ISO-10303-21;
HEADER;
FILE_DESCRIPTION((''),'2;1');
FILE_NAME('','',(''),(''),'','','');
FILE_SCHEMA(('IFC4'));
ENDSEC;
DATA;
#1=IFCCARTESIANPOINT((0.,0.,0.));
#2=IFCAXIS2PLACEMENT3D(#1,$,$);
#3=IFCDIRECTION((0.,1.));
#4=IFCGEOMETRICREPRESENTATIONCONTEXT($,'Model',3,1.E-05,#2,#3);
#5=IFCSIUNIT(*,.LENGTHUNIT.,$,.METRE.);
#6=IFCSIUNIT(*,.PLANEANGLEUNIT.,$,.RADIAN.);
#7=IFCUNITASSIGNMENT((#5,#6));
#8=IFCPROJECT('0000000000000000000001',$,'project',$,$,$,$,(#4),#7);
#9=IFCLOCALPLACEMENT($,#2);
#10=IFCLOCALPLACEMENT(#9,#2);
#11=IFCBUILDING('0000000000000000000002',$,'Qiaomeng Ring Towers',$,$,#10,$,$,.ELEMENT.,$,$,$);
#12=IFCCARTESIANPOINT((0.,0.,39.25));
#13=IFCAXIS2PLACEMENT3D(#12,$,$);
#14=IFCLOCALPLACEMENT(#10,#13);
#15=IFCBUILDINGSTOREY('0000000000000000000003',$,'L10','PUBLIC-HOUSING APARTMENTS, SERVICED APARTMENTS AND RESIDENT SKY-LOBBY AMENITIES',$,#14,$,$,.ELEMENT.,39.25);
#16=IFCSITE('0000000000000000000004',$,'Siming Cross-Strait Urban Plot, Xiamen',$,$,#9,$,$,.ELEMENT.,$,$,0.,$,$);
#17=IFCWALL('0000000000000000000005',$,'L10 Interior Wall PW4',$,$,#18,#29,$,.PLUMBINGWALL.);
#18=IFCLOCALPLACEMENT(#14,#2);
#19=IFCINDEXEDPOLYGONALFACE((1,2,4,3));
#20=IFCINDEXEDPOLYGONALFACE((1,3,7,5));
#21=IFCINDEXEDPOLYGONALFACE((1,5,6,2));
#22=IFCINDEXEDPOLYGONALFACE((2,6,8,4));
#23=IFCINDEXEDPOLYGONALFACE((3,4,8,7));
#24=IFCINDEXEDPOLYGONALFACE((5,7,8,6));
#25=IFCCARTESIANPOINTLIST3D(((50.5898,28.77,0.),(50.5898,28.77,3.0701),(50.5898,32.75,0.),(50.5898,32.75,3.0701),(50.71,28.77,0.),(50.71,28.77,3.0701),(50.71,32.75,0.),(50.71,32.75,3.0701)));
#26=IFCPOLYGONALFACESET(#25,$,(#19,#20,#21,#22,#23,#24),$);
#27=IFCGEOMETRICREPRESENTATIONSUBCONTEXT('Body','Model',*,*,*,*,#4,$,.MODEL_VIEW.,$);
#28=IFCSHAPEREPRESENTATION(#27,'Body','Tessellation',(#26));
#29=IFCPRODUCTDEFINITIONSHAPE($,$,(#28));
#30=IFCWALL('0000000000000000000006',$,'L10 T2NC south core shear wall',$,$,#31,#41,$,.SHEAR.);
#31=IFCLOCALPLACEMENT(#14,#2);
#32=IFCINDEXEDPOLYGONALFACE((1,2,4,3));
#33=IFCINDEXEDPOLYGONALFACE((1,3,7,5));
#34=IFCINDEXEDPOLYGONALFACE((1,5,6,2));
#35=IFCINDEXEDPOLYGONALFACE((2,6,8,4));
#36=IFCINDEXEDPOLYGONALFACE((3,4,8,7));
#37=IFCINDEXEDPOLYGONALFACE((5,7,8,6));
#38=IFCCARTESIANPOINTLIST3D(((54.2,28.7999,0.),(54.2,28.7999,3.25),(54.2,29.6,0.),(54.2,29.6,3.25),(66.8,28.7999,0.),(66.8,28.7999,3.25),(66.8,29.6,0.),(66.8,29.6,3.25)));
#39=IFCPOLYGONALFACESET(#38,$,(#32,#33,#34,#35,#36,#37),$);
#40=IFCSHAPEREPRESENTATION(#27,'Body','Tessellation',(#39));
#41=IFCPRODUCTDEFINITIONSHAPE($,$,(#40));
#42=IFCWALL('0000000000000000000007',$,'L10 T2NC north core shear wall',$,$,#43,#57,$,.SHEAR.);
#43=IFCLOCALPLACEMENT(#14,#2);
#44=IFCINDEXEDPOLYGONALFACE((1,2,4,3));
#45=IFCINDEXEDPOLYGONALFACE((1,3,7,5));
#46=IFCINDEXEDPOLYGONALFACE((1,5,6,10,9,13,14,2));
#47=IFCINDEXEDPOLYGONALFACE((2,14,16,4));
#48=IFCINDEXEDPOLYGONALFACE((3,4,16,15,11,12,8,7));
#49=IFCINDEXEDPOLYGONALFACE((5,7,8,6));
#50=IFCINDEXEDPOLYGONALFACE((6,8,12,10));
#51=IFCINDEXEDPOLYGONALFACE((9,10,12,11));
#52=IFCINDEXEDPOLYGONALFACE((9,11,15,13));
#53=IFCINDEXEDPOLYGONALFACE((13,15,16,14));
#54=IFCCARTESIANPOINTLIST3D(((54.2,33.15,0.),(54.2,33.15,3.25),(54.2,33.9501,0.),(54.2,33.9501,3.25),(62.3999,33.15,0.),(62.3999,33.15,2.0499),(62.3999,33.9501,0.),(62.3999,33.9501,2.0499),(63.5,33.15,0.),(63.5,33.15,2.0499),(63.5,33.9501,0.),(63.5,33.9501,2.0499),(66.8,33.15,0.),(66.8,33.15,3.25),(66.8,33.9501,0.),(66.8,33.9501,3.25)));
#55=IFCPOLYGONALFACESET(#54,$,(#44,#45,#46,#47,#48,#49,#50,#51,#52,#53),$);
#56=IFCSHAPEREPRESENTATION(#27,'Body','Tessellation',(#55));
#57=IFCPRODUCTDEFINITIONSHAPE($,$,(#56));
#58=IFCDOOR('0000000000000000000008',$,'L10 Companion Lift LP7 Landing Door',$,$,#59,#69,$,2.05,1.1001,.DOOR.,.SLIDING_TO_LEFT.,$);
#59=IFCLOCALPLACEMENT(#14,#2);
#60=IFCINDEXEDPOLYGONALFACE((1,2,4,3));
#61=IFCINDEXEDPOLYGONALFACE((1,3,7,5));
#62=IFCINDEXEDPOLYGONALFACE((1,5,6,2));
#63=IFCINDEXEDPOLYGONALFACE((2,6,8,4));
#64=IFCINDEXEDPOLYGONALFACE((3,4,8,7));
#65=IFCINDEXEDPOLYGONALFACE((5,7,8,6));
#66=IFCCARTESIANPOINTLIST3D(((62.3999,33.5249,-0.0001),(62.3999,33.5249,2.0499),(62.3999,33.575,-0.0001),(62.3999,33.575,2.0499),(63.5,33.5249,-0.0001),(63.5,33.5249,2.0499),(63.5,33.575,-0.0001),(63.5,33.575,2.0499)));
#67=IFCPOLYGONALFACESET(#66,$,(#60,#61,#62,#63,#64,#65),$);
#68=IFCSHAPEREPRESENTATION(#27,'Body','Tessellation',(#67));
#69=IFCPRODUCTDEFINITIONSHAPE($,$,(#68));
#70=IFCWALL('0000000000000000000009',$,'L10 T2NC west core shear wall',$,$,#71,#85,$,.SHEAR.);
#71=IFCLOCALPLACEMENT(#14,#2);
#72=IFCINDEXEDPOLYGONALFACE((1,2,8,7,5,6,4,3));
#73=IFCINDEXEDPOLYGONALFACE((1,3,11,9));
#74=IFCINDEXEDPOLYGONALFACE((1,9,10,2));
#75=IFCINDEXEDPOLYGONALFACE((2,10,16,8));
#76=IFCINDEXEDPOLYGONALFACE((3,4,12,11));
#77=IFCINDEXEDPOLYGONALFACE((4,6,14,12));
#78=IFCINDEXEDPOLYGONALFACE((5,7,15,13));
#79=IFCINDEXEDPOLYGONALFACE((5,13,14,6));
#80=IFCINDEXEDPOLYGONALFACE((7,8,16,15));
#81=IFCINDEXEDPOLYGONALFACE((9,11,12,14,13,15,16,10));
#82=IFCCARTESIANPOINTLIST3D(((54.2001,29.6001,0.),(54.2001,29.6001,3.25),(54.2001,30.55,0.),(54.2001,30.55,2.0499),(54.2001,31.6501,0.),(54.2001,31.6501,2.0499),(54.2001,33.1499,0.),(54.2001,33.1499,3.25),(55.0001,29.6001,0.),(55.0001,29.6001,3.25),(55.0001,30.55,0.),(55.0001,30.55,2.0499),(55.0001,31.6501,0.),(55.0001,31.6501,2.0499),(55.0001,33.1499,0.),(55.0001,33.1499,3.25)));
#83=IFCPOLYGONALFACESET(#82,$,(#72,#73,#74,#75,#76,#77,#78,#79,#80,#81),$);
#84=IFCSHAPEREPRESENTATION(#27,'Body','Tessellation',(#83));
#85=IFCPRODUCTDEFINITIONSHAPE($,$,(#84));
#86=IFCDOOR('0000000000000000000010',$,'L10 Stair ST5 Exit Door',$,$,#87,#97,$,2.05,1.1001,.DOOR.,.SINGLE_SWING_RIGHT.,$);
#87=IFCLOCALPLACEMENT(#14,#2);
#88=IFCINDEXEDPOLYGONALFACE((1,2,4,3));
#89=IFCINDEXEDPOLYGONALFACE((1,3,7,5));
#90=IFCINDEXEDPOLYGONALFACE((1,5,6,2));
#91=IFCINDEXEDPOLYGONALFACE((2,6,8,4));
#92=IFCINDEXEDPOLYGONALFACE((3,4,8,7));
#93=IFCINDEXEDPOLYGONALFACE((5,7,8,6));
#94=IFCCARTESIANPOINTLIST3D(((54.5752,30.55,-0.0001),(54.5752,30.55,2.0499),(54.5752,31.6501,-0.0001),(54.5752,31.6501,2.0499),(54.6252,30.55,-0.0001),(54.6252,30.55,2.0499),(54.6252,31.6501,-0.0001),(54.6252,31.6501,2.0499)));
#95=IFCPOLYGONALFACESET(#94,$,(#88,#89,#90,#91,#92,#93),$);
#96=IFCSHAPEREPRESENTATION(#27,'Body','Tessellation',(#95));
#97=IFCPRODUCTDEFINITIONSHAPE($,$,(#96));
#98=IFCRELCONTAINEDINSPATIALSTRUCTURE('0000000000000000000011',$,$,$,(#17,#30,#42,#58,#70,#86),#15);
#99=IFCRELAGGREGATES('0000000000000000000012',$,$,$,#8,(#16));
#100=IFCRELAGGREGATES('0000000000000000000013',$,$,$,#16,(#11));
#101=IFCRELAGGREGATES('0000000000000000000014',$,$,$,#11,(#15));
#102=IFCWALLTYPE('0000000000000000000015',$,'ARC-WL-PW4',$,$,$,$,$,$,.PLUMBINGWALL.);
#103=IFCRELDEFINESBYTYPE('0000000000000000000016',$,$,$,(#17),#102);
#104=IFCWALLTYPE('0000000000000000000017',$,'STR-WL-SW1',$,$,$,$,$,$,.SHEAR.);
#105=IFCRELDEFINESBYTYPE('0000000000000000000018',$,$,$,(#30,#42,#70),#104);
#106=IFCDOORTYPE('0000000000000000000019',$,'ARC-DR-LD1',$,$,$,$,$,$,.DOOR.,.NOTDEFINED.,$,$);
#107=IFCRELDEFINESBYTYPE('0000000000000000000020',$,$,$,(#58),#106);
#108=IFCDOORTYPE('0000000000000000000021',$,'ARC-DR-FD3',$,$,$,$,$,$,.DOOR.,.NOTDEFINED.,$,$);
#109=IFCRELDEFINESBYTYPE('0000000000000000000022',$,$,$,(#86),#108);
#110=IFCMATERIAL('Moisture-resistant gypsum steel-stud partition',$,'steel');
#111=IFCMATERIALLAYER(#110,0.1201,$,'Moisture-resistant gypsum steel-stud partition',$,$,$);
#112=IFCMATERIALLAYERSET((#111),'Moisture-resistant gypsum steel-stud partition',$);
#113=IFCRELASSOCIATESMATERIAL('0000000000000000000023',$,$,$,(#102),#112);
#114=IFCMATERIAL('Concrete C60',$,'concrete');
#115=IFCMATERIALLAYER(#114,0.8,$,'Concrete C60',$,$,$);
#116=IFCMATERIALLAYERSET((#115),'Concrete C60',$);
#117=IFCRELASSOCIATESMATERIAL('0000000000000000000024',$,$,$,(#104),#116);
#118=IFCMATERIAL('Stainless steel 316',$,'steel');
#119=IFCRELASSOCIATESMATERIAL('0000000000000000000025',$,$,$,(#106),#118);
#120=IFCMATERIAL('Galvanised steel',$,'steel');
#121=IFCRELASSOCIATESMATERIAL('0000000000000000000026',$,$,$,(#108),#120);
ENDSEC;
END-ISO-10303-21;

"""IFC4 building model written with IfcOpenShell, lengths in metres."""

from ifc_helpers import new_model, si_unit, direction, frame, frame_2d, origin, place, context, subcontext, project, spatial, rectangle, extrude, source, transform, mapped, material, layer, layer_set, type_object, element, fill, save


model = new_model("IFC4")

# Units and contexts
model_context = context("Model", 3, precision=1e-05, world=origin(), true_north=direction((0.0, 1.0)))
body_context = subcontext(model_context, "Body", "Model", "MODEL_VIEW")
ifc_project = project(units=[si_unit("LENGTHUNIT", "METRE"), si_unit("PLANEANGLEUNIT", "RADIAN")], contexts=[model_context])

# Site, building, storey
site_placement = place(None, origin())
site = spatial("IfcSite", under=ifc_project, at=site_placement, Name="Siming Cross-Strait Urban Plot, Xiamen", CompositionType="ELEMENT", RefElevation=0.0)
building_placement = place(site_placement, origin())
building = spatial("IfcBuilding", under=site, at=building_placement, Name="Qiaomeng Ring Towers", CompositionType="ELEMENT")
storey_placement = place(building_placement, frame((0.0, 0.0, 39.25)))
storey = spatial("IfcBuildingStorey", under=building, at=storey_placement, Name="L10", Description="PUBLIC-HOUSING APARTMENTS, SERVICED APARTMENTS AND RESIDENT SKY-LOBBY AMENITIES", CompositionType="ELEMENT", Elevation=39.25)

# Shared definitions
ifc_material_1 = material(Name="Concrete C60", Category="concrete")

# Walls
ifc_material_2 = material(Name="Moisture-resistant gypsum steel-stud partition", Category="steel")
ifc_layer_1 = layer(ifc_material_2, 0.1201, Name="Moisture-resistant gypsum steel-stud partition")
ifc_layer_set_1 = layer_set([ifc_layer_1], Name="Moisture-resistant gypsum steel-stud partition")
wall_type_1 = type_object("IfcWallType", Name="ARC-WL-PW4", PredefinedType="PLUMBINGWALL", material=ifc_layer_set_1)
wall_1_placement = place(storey_placement, frame((50.6499, 28.77, 0.0), z_axis=(0.0, 0.0, 1.0), x_axis=(0.0, 1.0, 0.0)))
element("IfcWall", 1, at=wall_1_placement, inside=storey, type_object=wall_type_1, Name="L10 Interior Wall PW4", PredefinedType="PLUMBINGWALL", context=body_context, shape_type="SweptSolid", body=[
    extrude(rectangle(XDim=3.98, YDim=0.1201, at=frame_2d((1.99, 0.0))), origin(), (0.0, 0.0, 1.0), 3.0701),
])
ifc_layer_2 = layer(ifc_material_1, 0.8, Name="Concrete C60")
ifc_layer_set_2 = layer_set([ifc_layer_2], Name="Concrete C60")
wall_type_2 = type_object("IfcWallType", Name="STR-WL-SW1", PredefinedType="SHEAR", material=ifc_layer_set_2)
wall_2_placement = place(storey_placement, frame((54.2, 29.2, 0.0), z_axis=(0.0, 0.0, 1.0), x_axis=(1.0, 0.0, 0.0)))
element("IfcWall", 2, at=wall_2_placement, inside=storey, type_object=wall_type_2, Name="L10 T2NC south core shear wall", PredefinedType="SHEAR", context=body_context, shape_type="SweptSolid", body=[
    extrude(rectangle(XDim=12.6001, YDim=0.8, at=frame_2d((6.3, 0.0))), origin(), (0.0, 0.0, 1.0), 3.25),
])

# Walls, openings, doors
wall_3_placement = place(storey_placement, frame((54.2, 33.55, 0.0), z_axis=(0.0, 0.0, 1.0), x_axis=(1.0, 0.0, 0.0)))
wall_3 = element("IfcWall", 3, at=wall_3_placement, inside=storey, type_object=wall_type_2, Name="L10 T2NC north core shear wall", PredefinedType="SHEAR", context=body_context, shape_type="SweptSolid", body=[
    extrude(rectangle(XDim=12.6001, YDim=0.8, at=frame_2d((6.3, 0.0))), origin(), (0.0, 0.0, 1.0), 3.25),
])
opening_1_placement = place(wall_3_placement, frame((8.2, 0.0, 0.0)))
opening_1 = element("IfcOpeningElement", 4, at=opening_1_placement, cuts=wall_3, PredefinedType="OPENING", context=body_context, shape_type="SweptSolid", body=[
    extrude(rectangle(XDim=1.1001, YDim=2.05, at=frame_2d((0.55, 1.0249))), frame((0.0, 0.4099, 0.0), z_axis=(0.0, -1.0, 0.0), x_axis=(1.0, 0.0, 0.0)), (0.0, 0.0, 1.0), 0.8201),
])
ifc_material_3 = material(Name="Stainless steel 316", Category="steel")
door_type_1 = type_object("IfcDoorType", Name="ARC-DR-LD1", OperationType="NOTDEFINED", PredefinedType="DOOR", material=ifc_material_3)
shared_shape_1 = source(origin(), body_context, "Body", "SweptSolid", [
    extrude(rectangle(XDim=1.1001, YDim=2.05, at=frame_2d((0.55, 1.0249))), frame((0.0, 0.0249, 0.0), z_axis=(0.0, -1.0, 0.0), x_axis=(1.0, 0.0, 0.0)), (0.0, 0.0, 1.0), 0.05),
])
door_1_placement = place(opening_1_placement, origin())
door_1 = element("IfcDoor", 5, at=door_1_placement, inside=storey, type_object=door_type_1, Name="L10 Companion Lift LP7 Landing Door", OperationType="SLIDING_TO_LEFT", OverallHeight=2.05, OverallWidth=1.1001, PredefinedType="DOOR", context=body_context, shape_type="MappedRepresentation", body=[
    mapped(shared_shape_1, transform((0.0, 0.0, 0.0), x_axis=(1.0, 0.0, 0.0), y_axis=(0.0, 1.0, 0.0), z_axis=(0.0, 0.0, 1.0), scale=1.0)),
])
fill(opening_1, door_1)
wall_4_placement = place(storey_placement, frame((54.6001, 29.6001, 0.0), z_axis=(0.0, 0.0, 1.0), x_axis=(0.0, 1.0, 0.0)))
wall_4 = element("IfcWall", 6, at=wall_4_placement, inside=storey, type_object=wall_type_2, Name="L10 T2NC west core shear wall", PredefinedType="SHEAR", context=body_context, shape_type="SweptSolid", body=[
    extrude(rectangle(XDim=3.5498, YDim=0.8, at=frame_2d((1.7749, 0.0))), origin(), (0.0, 0.0, 1.0), 3.25),
])
opening_2_placement = place(wall_4_placement, frame((0.95, 0.0, 0.0)))
opening_2 = element("IfcOpeningElement", 7, at=opening_2_placement, cuts=wall_4, PredefinedType="OPENING", context=body_context, shape_type="SweptSolid", body=[
    extrude(rectangle(XDim=1.1001, YDim=2.05, at=frame_2d((0.55, 1.0249))), frame((0.0, 0.4099, 0.0), z_axis=(0.0, -1.0, 0.0), x_axis=(1.0, 0.0, 0.0)), (0.0, 0.0, 1.0), 0.8201),
])
ifc_material_4 = material(Name="Galvanised steel", Category="steel")
door_type_2 = type_object("IfcDoorType", Name="ARC-DR-FD3", OperationType="NOTDEFINED", PredefinedType="DOOR", material=ifc_material_4)
door_2_placement = place(opening_2_placement, origin())
door_2 = element("IfcDoor", 8, at=door_2_placement, inside=storey, type_object=door_type_2, Name="L10 Stair ST5 Exit Door", OperationType="SINGLE_SWING_RIGHT", OverallHeight=2.05, OverallWidth=1.1001, PredefinedType="DOOR", context=body_context, shape_type="MappedRepresentation", body=[
    mapped(shared_shape_1, transform((0.0, 0.0, 0.0), x_axis=(1.0, 0.0, 0.0), y_axis=(0.0, 1.0, 0.0), z_axis=(0.0, 0.0, 1.0), scale=1.0)),
])
fill(opening_2, door_2)

save(model, "model.ifc")
